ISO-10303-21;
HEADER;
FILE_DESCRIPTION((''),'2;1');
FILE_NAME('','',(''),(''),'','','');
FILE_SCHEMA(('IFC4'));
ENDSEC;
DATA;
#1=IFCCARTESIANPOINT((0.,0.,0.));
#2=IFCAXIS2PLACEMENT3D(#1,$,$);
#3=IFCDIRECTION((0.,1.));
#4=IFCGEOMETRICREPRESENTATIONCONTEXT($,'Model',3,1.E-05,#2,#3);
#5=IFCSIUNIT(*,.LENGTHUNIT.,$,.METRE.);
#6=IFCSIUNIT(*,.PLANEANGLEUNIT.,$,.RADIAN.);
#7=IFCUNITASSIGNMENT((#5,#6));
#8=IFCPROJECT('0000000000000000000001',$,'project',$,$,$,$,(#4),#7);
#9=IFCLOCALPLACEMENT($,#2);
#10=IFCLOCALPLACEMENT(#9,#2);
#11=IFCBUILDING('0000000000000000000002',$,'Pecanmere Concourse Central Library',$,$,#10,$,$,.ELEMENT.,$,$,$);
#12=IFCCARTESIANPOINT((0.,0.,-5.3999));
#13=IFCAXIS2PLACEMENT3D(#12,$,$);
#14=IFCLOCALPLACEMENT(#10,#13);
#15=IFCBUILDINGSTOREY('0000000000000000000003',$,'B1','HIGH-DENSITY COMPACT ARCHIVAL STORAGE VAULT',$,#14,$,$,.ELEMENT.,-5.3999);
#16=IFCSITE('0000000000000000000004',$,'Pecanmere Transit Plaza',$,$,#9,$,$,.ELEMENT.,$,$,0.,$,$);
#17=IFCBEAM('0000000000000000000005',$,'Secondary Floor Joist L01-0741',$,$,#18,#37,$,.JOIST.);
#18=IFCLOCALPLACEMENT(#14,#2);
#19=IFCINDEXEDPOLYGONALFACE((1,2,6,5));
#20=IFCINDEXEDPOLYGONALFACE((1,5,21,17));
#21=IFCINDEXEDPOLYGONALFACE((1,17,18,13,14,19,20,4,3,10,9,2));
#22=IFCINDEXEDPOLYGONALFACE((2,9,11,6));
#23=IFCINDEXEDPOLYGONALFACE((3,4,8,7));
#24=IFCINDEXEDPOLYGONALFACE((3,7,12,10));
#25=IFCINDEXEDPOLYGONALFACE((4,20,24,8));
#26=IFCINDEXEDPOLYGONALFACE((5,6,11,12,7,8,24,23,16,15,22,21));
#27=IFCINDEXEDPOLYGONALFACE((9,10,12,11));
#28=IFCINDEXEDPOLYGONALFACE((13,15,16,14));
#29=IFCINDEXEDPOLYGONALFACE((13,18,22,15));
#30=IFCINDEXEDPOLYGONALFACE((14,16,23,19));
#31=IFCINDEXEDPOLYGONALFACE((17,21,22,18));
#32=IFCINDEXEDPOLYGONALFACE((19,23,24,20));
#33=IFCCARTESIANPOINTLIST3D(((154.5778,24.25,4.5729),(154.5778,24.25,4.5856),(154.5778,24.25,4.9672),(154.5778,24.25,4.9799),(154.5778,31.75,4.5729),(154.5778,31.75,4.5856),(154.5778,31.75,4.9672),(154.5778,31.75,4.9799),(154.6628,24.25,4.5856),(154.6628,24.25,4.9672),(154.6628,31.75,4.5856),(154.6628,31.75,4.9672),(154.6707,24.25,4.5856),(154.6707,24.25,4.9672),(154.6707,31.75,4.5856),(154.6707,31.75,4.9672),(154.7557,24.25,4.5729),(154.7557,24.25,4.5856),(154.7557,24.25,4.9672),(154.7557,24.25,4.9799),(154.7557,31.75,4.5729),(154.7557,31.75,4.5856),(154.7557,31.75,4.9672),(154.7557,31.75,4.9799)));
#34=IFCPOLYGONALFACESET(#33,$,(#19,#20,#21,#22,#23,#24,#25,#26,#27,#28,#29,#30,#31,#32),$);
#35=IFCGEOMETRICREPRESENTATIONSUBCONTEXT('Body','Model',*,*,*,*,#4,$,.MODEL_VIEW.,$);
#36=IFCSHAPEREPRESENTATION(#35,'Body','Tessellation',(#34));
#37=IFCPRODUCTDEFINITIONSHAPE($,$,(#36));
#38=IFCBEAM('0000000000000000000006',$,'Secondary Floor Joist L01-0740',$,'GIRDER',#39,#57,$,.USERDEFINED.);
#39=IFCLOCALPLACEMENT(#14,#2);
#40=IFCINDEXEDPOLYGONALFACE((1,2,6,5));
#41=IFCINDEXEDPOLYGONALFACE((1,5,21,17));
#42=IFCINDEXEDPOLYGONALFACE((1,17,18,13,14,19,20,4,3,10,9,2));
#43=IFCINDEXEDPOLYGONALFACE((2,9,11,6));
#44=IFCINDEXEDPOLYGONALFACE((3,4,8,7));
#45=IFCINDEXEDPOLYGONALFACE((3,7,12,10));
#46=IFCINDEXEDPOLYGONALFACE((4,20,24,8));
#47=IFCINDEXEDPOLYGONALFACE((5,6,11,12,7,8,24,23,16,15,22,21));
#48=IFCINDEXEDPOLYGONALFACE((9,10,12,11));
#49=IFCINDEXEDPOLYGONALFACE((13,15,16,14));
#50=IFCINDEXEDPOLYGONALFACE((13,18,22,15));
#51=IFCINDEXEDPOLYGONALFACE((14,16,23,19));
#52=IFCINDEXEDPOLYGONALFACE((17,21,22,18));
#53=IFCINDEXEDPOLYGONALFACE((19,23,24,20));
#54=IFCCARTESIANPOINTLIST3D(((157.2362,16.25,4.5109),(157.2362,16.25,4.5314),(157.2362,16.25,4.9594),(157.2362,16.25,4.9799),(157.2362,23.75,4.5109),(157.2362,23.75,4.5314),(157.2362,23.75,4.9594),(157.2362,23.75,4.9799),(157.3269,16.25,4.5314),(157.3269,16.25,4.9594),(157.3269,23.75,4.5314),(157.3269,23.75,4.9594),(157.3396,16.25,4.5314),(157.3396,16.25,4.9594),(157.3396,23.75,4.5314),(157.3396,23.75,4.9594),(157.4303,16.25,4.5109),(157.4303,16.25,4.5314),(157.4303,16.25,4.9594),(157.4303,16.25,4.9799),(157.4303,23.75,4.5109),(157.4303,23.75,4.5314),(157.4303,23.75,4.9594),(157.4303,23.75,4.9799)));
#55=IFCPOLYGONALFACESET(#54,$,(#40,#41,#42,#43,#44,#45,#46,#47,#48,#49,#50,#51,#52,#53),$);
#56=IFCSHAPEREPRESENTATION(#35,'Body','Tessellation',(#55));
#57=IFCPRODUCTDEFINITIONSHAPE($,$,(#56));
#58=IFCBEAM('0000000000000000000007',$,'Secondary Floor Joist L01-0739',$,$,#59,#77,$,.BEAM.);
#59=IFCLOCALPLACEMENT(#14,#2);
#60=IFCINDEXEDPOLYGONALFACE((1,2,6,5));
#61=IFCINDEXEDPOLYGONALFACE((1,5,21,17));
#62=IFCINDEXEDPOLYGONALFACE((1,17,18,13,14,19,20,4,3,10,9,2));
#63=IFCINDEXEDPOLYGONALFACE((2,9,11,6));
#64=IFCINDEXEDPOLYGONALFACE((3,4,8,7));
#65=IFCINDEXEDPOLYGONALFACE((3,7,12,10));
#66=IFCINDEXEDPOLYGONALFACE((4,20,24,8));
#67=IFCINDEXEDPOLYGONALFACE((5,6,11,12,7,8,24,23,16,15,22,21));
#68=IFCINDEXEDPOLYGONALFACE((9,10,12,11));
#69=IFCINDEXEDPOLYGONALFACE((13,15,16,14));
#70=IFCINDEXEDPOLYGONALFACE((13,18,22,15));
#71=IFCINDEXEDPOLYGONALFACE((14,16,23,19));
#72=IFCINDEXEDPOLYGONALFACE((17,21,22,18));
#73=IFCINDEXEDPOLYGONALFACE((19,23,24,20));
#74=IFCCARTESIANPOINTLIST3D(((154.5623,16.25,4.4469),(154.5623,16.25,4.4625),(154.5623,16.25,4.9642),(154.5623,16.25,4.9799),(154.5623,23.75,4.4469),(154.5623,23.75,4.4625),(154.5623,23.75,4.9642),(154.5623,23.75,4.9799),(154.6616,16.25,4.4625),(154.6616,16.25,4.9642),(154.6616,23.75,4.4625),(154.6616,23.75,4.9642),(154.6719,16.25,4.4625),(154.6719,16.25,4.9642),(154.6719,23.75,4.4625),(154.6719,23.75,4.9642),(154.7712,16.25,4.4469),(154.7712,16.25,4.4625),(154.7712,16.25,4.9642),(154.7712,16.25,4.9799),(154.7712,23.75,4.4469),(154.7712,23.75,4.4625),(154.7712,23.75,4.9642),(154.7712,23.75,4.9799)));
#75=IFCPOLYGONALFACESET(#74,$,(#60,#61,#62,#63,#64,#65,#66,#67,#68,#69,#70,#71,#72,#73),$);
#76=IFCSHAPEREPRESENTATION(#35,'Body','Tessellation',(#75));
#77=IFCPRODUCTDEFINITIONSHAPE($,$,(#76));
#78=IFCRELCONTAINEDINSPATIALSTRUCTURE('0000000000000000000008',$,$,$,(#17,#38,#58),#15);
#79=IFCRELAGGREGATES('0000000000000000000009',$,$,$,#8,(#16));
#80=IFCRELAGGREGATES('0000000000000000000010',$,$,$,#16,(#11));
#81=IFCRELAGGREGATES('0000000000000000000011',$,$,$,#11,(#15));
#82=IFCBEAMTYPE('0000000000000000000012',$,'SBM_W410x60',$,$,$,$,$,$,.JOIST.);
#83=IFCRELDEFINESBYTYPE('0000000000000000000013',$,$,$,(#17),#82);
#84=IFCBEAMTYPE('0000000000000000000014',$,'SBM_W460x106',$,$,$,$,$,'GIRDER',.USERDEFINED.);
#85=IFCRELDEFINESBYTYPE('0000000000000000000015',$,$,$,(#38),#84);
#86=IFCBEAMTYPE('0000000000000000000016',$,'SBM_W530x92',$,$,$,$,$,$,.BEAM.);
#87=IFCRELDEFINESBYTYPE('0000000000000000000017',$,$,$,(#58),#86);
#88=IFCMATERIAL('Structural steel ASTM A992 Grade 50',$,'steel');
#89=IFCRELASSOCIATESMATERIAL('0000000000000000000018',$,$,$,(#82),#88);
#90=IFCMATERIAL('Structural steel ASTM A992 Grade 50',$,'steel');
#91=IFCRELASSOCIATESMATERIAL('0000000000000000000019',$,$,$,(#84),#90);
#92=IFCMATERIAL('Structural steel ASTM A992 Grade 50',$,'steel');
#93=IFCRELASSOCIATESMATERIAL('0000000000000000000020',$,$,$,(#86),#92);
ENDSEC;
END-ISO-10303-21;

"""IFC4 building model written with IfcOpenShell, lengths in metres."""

from ifc_helpers import new_model, si_unit, direction, frame, origin, origin_2d, place, context, subcontext, project, spatial, i_section, extrude, material, material_profile, profile_set, type_object, element, save


model = new_model("IFC4")

# Units and contexts
model_context = context("Model", 3, precision=1e-05, world=origin(), true_north=direction((0.0, 1.0)))
body_context = subcontext(model_context, "Body", "Model", "MODEL_VIEW")
ifc_project = project(units=[si_unit("LENGTHUNIT", "METRE"), si_unit("PLANEANGLEUNIT", "RADIAN")], contexts=[model_context])

# Site, building, storey
site_placement = place(None, origin())
site = spatial("IfcSite", under=ifc_project, at=site_placement, Name="Pecanmere Transit Plaza", CompositionType="ELEMENT", RefElevation=0.0)
building_placement = place(site_placement, origin())
building = spatial("IfcBuilding", under=site, at=building_placement, Name="Pecanmere Concourse Central Library", CompositionType="ELEMENT")
storey_placement = place(building_placement, frame((0.0, 0.0, -5.3999)))
storey = spatial("IfcBuildingStorey", under=building, at=storey_placement, Name="B1", Description="HIGH-DENSITY COMPACT ARCHIVAL STORAGE VAULT", CompositionType="ELEMENT", Elevation=-5.3999)

# Beams
ifc_material_1 = material(Name="Structural steel ASTM A992 Grade 50", Category="steel")
ifc_material_profile_1 = material_profile(ifc_material_1, i_section(OverallWidth=0.178, OverallDepth=0.407, WebThickness=0.0078, FlangeThickness=0.0127, at=origin_2d()), Name="W410x60")
ifc_profile_set_1 = profile_set([ifc_material_profile_1], Name="Structural steel ASTM A992 Grade 50")
beam_type_1 = type_object("IfcBeamType", Name="SBM_W410x60", PredefinedType="JOIST", material=ifc_profile_set_1)
beam_1_placement = place(storey_placement, frame((154.6667, 24.25, 4.7764), z_axis=(0.0, 1.0, 0.0), x_axis=(-1.0, 0.0, 0.0)))
element("IfcBeam", 1, at=beam_1_placement, inside=storey, type_object=beam_type_1, Name="Secondary Floor Joist L01-0741", PredefinedType="JOIST", context=body_context, shape_type="SweptSolid", body=[
    extrude(i_section(OverallWidth=0.178, OverallDepth=0.407, WebThickness=0.0078, FlangeThickness=0.0127, at=origin_2d()), origin(), (0.0, 0.0, 1.0), 7.5),
])
ifc_material_2 = material(Name="Structural steel ASTM A992 Grade 50", Category="steel")
ifc_material_profile_2 = material_profile(ifc_material_2, i_section(OverallWidth=0.1941, OverallDepth=0.469, WebThickness=0.0127, FlangeThickness=0.0205, at=origin_2d()), Name="W460x106")
ifc_profile_set_2 = profile_set([ifc_material_profile_2], Name="Structural steel ASTM A992 Grade 50")
beam_type_2 = type_object("IfcBeamType", Name="SBM_W460x106", ElementType="GIRDER", PredefinedType="USERDEFINED", material=ifc_profile_set_2)
beam_2_placement = place(storey_placement, frame((157.3333, 16.25, 4.7454), z_axis=(0.0, 1.0, 0.0), x_axis=(-1.0, 0.0, 0.0)))
element("IfcBeam", 2, at=beam_2_placement, inside=storey, type_object=beam_type_2, Name="Secondary Floor Joist L01-0740", ObjectType="GIRDER", PredefinedType="USERDEFINED", context=body_context, shape_type="SweptSolid", body=[
    extrude(i_section(OverallWidth=0.1941, OverallDepth=0.469, WebThickness=0.0127, FlangeThickness=0.0205, at=origin_2d()), origin(), (0.0, 0.0, 1.0), 7.5),
])
ifc_material_3 = material(Name="Structural steel ASTM A992 Grade 50", Category="steel")
ifc_material_profile_3 = material_profile(ifc_material_3, i_section(OverallWidth=0.209, OverallDepth=0.533, WebThickness=0.0103, FlangeThickness=0.0156, at=origin_2d()), Name="W530x92")
ifc_profile_set_3 = profile_set([ifc_material_profile_3], Name="Structural steel ASTM A992 Grade 50")
beam_type_3 = type_object("IfcBeamType", Name="SBM_W530x92", PredefinedType="BEAM", material=ifc_profile_set_3)
beam_3_placement = place(storey_placement, frame((154.6667, 16.25, 4.7134), z_axis=(0.0, 1.0, 0.0), x_axis=(-1.0, 0.0, 0.0)))
element("IfcBeam", 3, at=beam_3_placement, inside=storey, type_object=beam_type_3, Name="Secondary Floor Joist L01-0739", PredefinedType="BEAM", context=body_context, shape_type="SweptSolid", body=[
    extrude(i_section(OverallWidth=0.209, OverallDepth=0.533, WebThickness=0.0103, FlangeThickness=0.0156, at=origin_2d()), origin(), (0.0, 0.0, 1.0), 7.5),
])

save(model, "model.ifc")
